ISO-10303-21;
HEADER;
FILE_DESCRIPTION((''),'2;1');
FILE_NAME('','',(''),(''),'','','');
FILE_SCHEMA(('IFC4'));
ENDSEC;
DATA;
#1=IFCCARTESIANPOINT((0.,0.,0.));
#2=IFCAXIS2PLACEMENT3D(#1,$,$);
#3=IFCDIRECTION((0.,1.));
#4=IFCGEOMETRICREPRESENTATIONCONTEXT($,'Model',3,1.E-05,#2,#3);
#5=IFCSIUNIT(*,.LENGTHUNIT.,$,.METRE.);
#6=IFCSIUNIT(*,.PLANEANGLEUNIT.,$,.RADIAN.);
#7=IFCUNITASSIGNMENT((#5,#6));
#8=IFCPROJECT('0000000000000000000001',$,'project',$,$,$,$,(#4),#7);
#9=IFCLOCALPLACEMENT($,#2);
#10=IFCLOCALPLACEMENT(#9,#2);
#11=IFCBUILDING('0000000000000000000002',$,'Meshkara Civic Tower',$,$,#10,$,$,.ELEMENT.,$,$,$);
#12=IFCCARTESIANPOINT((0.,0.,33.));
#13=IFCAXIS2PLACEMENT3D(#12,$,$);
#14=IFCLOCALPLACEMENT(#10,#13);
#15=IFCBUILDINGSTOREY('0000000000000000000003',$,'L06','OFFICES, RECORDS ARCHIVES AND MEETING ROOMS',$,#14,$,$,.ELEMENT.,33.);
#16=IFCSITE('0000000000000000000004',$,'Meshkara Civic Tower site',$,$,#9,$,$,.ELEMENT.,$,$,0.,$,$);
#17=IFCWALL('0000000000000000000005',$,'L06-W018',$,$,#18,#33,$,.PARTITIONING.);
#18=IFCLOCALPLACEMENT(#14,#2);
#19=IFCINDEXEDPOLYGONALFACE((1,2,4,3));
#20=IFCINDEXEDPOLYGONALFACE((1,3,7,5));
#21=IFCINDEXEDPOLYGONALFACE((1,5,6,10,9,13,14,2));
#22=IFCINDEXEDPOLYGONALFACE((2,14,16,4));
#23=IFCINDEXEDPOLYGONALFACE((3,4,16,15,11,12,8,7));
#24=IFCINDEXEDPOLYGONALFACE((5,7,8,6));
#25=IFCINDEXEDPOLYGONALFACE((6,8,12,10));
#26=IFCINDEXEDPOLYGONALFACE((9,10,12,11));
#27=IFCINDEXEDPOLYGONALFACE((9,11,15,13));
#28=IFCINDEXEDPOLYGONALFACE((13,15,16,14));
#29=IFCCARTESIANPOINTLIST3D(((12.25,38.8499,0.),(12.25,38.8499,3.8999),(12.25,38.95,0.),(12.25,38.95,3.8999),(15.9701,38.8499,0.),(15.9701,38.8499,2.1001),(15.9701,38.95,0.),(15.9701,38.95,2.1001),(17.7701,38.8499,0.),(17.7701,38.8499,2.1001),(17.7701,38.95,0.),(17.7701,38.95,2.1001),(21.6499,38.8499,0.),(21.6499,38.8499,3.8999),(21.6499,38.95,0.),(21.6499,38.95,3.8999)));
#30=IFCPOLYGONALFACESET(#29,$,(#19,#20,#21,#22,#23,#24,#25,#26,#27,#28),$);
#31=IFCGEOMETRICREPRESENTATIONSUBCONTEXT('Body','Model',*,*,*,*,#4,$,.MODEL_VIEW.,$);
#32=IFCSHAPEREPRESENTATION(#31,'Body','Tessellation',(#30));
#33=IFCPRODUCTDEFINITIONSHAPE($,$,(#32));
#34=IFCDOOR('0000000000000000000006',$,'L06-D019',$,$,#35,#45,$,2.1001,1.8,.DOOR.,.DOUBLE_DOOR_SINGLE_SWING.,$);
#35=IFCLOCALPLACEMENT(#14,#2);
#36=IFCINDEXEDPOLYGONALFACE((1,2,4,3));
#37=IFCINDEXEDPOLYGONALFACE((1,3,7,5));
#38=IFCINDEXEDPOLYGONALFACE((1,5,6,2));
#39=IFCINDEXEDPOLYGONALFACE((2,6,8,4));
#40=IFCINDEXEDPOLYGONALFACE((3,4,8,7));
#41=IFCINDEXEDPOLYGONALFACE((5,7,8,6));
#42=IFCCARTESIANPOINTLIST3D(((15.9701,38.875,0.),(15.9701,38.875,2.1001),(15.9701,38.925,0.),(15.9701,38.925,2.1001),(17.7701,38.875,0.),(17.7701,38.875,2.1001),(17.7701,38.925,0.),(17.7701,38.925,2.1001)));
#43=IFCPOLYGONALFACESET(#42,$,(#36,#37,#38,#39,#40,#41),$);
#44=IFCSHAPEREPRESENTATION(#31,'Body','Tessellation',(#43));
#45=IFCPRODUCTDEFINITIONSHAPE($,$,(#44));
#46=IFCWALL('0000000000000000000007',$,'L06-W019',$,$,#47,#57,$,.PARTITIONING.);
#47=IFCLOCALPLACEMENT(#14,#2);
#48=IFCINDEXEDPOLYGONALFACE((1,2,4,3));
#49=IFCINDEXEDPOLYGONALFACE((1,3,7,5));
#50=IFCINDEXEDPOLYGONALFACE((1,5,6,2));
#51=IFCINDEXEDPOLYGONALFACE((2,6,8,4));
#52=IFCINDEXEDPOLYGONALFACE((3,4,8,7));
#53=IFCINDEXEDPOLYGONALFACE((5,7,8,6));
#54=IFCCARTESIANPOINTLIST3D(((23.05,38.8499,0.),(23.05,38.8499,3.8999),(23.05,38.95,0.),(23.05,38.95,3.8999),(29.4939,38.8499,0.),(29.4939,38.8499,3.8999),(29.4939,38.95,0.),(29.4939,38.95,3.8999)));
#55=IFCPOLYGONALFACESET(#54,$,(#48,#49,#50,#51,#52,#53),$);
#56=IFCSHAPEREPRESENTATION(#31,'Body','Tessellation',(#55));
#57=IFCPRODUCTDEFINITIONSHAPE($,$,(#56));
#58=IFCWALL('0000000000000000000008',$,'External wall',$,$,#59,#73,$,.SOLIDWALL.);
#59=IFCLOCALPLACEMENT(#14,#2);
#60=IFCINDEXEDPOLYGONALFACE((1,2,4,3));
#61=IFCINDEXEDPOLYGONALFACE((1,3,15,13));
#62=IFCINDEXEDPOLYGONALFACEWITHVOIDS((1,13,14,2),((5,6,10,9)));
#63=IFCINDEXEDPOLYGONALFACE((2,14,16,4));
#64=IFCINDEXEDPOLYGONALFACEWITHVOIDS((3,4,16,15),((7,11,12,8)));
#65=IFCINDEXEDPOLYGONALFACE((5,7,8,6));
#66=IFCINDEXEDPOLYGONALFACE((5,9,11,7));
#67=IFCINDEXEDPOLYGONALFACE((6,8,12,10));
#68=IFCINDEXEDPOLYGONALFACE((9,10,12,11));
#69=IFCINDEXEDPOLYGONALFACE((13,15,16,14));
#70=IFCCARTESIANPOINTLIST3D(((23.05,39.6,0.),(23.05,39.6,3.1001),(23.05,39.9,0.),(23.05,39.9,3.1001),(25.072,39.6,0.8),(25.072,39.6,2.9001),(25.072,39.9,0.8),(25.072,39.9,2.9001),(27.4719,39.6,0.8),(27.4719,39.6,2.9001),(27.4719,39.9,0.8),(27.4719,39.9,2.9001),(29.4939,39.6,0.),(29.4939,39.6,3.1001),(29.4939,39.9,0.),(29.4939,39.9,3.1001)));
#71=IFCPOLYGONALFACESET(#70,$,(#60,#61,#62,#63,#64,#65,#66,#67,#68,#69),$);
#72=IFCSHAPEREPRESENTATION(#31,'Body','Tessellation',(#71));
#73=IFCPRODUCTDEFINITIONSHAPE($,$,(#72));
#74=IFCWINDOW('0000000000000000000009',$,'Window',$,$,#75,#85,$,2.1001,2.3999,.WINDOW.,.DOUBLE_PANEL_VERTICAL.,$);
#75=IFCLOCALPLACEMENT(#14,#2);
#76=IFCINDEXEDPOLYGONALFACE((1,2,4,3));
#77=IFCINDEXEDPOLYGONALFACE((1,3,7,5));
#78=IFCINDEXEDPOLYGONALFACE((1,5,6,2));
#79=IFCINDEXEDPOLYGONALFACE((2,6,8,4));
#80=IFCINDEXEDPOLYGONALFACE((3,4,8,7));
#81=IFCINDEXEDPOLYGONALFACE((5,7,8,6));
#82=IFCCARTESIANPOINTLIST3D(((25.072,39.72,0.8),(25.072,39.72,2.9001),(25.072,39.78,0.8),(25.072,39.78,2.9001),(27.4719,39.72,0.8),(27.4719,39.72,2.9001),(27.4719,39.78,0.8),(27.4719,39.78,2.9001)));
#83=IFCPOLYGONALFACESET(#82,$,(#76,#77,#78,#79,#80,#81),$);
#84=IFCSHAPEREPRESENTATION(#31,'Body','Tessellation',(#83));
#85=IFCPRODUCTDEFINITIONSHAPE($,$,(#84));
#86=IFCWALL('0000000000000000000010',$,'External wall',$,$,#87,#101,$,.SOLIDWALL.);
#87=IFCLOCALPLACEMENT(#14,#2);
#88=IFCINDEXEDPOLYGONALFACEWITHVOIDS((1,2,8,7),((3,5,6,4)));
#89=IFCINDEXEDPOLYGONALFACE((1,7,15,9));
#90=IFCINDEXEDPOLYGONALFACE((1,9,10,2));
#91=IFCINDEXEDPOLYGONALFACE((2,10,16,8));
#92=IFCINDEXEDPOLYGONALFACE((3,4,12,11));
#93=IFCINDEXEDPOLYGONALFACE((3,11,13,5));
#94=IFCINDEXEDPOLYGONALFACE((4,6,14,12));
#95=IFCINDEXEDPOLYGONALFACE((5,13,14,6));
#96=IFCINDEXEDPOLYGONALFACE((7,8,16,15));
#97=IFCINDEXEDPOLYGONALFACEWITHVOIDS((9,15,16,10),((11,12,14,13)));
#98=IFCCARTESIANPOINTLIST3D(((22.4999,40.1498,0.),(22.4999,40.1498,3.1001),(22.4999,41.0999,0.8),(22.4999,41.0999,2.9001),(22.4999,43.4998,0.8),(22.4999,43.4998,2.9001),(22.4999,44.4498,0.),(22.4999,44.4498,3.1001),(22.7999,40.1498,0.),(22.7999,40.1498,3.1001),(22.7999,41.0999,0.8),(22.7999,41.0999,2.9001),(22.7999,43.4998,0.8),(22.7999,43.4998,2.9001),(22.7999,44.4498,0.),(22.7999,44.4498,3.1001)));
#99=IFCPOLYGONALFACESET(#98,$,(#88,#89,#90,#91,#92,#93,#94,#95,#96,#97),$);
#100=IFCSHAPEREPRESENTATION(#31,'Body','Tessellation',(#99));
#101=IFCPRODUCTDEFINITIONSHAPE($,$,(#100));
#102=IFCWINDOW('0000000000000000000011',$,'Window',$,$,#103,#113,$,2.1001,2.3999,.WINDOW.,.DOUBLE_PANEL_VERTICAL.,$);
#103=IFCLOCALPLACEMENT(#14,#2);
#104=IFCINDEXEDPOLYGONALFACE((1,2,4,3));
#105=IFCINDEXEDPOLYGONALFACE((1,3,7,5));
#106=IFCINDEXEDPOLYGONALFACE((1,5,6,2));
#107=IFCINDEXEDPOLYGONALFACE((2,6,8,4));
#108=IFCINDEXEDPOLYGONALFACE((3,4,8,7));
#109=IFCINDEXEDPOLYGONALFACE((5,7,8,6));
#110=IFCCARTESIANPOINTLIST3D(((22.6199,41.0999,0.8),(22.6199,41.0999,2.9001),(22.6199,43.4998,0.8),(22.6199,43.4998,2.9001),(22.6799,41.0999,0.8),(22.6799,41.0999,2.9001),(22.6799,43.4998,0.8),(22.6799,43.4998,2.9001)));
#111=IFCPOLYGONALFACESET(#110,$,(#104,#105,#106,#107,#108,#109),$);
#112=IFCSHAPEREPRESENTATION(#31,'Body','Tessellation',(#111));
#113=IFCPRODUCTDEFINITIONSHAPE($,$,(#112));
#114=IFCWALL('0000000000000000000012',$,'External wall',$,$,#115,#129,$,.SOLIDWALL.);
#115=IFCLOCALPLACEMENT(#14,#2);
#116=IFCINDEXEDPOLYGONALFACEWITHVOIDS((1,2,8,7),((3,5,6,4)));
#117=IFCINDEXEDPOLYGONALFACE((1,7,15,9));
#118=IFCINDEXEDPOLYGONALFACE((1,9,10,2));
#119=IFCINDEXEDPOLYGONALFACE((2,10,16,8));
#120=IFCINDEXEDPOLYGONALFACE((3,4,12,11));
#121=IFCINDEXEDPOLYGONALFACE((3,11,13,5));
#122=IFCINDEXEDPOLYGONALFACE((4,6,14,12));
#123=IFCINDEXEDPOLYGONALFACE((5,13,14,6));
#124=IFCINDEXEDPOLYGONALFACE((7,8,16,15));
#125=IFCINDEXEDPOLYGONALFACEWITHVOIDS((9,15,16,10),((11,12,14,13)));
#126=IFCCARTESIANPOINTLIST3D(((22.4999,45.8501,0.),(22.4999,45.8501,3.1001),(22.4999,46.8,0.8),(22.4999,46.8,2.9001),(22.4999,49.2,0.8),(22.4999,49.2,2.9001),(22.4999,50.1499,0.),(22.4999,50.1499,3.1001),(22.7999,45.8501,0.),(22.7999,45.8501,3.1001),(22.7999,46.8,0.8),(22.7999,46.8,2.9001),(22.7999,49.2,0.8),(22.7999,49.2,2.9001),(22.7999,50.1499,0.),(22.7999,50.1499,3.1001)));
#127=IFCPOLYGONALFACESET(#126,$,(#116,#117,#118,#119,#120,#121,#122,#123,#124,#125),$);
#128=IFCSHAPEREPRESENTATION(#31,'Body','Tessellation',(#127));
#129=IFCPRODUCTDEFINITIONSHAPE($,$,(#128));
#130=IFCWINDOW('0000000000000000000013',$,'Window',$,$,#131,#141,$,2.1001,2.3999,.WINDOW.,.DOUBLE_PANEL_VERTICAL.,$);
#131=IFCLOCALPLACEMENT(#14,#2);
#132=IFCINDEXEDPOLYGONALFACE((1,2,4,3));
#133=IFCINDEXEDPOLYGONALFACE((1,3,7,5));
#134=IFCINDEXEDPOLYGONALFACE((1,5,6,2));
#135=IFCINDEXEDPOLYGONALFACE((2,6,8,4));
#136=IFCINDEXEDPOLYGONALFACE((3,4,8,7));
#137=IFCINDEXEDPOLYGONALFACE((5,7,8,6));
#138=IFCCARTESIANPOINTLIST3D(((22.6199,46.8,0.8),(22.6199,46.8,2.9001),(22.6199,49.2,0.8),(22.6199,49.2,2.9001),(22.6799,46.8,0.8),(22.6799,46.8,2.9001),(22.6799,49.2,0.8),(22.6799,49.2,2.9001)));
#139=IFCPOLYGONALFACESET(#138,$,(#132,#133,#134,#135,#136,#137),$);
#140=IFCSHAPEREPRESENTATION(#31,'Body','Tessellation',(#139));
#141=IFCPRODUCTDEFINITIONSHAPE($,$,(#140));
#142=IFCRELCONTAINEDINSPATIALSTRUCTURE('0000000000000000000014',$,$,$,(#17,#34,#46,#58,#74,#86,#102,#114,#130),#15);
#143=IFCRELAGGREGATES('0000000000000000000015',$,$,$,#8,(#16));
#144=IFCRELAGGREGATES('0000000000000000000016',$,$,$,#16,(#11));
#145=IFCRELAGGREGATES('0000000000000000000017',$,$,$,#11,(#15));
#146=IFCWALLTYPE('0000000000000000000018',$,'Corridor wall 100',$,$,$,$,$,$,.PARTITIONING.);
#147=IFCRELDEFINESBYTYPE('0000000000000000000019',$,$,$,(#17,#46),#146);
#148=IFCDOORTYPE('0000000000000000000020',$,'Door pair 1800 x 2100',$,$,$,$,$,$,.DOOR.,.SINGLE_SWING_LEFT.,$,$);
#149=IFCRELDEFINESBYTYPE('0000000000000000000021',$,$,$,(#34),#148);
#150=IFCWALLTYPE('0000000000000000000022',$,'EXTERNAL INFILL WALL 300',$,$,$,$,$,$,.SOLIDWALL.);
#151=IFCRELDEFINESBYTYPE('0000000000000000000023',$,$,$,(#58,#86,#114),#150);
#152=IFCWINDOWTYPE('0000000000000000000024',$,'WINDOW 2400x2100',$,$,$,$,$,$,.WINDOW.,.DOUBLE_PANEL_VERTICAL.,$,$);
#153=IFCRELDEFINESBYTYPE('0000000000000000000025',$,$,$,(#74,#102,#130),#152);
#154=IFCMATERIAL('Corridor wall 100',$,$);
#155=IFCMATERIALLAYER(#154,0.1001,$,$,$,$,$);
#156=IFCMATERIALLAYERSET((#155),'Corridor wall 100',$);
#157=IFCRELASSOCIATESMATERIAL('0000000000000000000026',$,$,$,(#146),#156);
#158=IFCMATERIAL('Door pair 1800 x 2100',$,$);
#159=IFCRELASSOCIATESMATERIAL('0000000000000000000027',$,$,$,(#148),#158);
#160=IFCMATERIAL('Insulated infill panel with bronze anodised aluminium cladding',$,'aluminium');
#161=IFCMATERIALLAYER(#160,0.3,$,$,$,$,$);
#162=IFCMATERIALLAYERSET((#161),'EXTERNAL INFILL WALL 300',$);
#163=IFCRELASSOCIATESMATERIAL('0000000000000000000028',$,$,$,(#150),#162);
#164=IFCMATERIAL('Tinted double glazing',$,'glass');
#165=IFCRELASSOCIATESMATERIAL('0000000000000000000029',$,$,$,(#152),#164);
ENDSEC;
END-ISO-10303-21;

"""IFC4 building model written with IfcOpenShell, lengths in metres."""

from ifc_helpers import new_model, si_unit, direction, frame, frame_2d, origin, place, context, subcontext, project, spatial, rectangle, extrude, material, layer, layer_set, type_object, element, fill, save


model = new_model("IFC4")

# Units and contexts
model_context = context("Model", 3, precision=1e-05, world=origin(), true_north=direction((0.0, 1.0)))
body_context = subcontext(model_context, "Body", "Model", "MODEL_VIEW")
ifc_project = project(units=[si_unit("LENGTHUNIT", "METRE"), si_unit("PLANEANGLEUNIT", "RADIAN")], contexts=[model_context])

# Site, building, storey
site_placement = place(None, origin())
site = spatial("IfcSite", under=ifc_project, at=site_placement, Name="Meshkara Civic Tower site", CompositionType="ELEMENT", RefElevation=0.0)
building_placement = place(site_placement, origin())
building = spatial("IfcBuilding", under=site, at=building_placement, Name="Meshkara Civic Tower", CompositionType="ELEMENT")
storey_placement = place(building_placement, frame((0.0, 0.0, 33.0)))
storey = spatial("IfcBuildingStorey", under=building, at=storey_placement, Name="L06", Description="OFFICES, RECORDS ARCHIVES AND MEETING ROOMS", CompositionType="ELEMENT", Elevation=33.0)

# Wall, opening, door
ifc_material_1 = material(Name="Corridor wall 100")
ifc_layer_1 = layer(ifc_material_1, 0.1001)
ifc_layer_set_1 = layer_set([ifc_layer_1], Name="Corridor wall 100")
wall_type_1 = type_object("IfcWallType", Name="Corridor wall 100", PredefinedType="PARTITIONING", material=ifc_layer_set_1)
wall_1_placement = place(storey_placement, frame((21.6499, 38.8999, 0.0), z_axis=(0.0, 0.0, 1.0), x_axis=(-1.0, 0.0, 0.0)))
wall_1 = element("IfcWall", 1, at=wall_1_placement, inside=storey, type_object=wall_type_1, Name="L06-W018", PredefinedType="PARTITIONING", context=body_context, shape_type="SweptSolid", body=[
    extrude(rectangle(XDim=9.3999, YDim=0.1001, at=frame_2d((4.7, 0.0))), origin(), (0.0, 0.0, 1.0), 3.8999),
])
opening_1_placement = place(wall_1_placement, frame((3.8799, 0.0, 0.0)))
opening_1 = element("IfcOpeningElement", 2, at=opening_1_placement, cuts=wall_1, PredefinedType="OPENING", context=body_context, shape_type="SweptSolid", body=[
    extrude(rectangle(XDim=1.8, YDim=2.1001, at=frame_2d((0.8999, 1.05))), frame((0.0, 0.0601, 0.0), z_axis=(0.0, -1.0, 0.0), x_axis=(1.0, 0.0, 0.0)), (0.0, 0.0, 1.0), 0.1201),
])
ifc_material_2 = material(Name="Door pair 1800 x 2100")
door_type_1 = type_object("IfcDoorType", Name="Door pair 1800 x 2100", OperationType="SINGLE_SWING_LEFT", PredefinedType="DOOR", material=ifc_material_2)
door_1_placement = place(opening_1_placement, origin())
door_1 = element("IfcDoor", 3, at=door_1_placement, inside=storey, type_object=door_type_1, Name="L06-D019", OperationType="DOUBLE_DOOR_SINGLE_SWING", OverallHeight=2.1001, OverallWidth=1.8, PredefinedType="DOOR", context=body_context, shape_type="SweptSolid", body=[
    extrude(rectangle(XDim=1.8, YDim=2.1001, at=frame_2d((0.8999, 1.05))), frame((0.0, 0.0249, 0.0), z_axis=(0.0, -1.0, 0.0), x_axis=(1.0, 0.0, 0.0)), (0.0, 0.0, 1.0), 0.05),
])
fill(opening_1, door_1)

# Wall
wall_2_placement = place(storey_placement, frame((29.4939, 38.8999, 0.0), z_axis=(0.0, 0.0, 1.0), x_axis=(-1.0, 0.0, 0.0)))
element("IfcWall", 4, at=wall_2_placement, inside=storey, type_object=wall_type_1, Name="L06-W019", PredefinedType="PARTITIONING", context=body_context, shape_type="SweptSolid", body=[
    extrude(rectangle(XDim=6.4438, YDim=0.1001, at=frame_2d((3.2219, 0.0))), origin(), (0.0, 0.0, 1.0), 3.8999),
])

# Walls, openings, windows
ifc_material_3 = material(Name="Insulated infill panel with bronze anodised aluminium cladding", Category="aluminium")
ifc_layer_2 = layer(ifc_material_3, 0.3)
ifc_layer_set_2 = layer_set([ifc_layer_2], Name="EXTERNAL INFILL WALL 300")
wall_type_2 = type_object("IfcWallType", Name="EXTERNAL INFILL WALL 300", PredefinedType="SOLIDWALL", material=ifc_layer_set_2)
wall_3_placement = place(storey_placement, frame((29.4939, 39.75, 0.0), z_axis=(0.0, 0.0, 1.0), x_axis=(-1.0, 0.0, 0.0)))
wall_3 = element("IfcWall", 5, at=wall_3_placement, inside=storey, type_object=wall_type_2, Name="External wall", PredefinedType="SOLIDWALL", context=body_context, shape_type="SweptSolid", body=[
    extrude(rectangle(XDim=6.4438, YDim=0.3, at=frame_2d((3.2219, 0.0))), origin(), (0.0, 0.0, 1.0), 3.1001),
])
opening_2_placement = place(wall_3_placement, frame((2.022, 0.0, 0.8)))
opening_2 = element("IfcOpeningElement", 6, at=opening_2_placement, cuts=wall_3, PredefinedType="OPENING", context=body_context, shape_type="SweptSolid", body=[
    extrude(rectangle(XDim=2.3999, YDim=2.1001, at=frame_2d((1.2, 1.05))), frame((0.0, 0.1599, 0.0), z_axis=(0.0, -1.0, 0.0), x_axis=(1.0, 0.0, 0.0)), (0.0, 0.0, 1.0), 0.3201),
])
ifc_material_4 = material(Name="Tinted double glazing", Category="glass")
window_type = type_object("IfcWindowType", Name="WINDOW 2400x2100", PartitioningType="DOUBLE_PANEL_VERTICAL", PredefinedType="WINDOW", material=ifc_material_4)
window_1_placement = place(opening_2_placement, origin())
window_1 = element("IfcWindow", 7, at=window_1_placement, inside=storey, type_object=window_type, Name="Window", OverallHeight=2.1001, OverallWidth=2.3999, PartitioningType="DOUBLE_PANEL_VERTICAL", PredefinedType="WINDOW", context=body_context, shape_type="SweptSolid", body=[
    extrude(rectangle(XDim=2.3999, YDim=2.1001, at=frame_2d((1.2, 1.05))), frame((0.0, 0.03, 0.0), z_axis=(0.0, -1.0, 0.0), x_axis=(1.0, 0.0, 0.0)), (0.0, 0.0, 1.0), 0.0601),
])
fill(opening_2, window_1)
wall_4_placement = place(storey_placement, frame((22.6499, 40.1499, 0.0), z_axis=(0.0, 0.0, 1.0), x_axis=(0.0, 1.0, 0.0)))
wall_4 = element("IfcWall", 8, at=wall_4_placement, inside=storey, type_object=wall_type_2, Name="External wall", PredefinedType="SOLIDWALL", context=body_context, shape_type="SweptSolid", body=[
    extrude(rectangle(XDim=4.3, YDim=0.3, at=frame_2d((2.1499, 0.0))), origin(), (0.0, 0.0, 1.0), 3.1001),
])
opening_3_placement = place(wall_4_placement, frame((0.95, 0.0, 0.8)))
opening_3 = element("IfcOpeningElement", 9, at=opening_3_placement, cuts=wall_4, PredefinedType="OPENING", context=body_context, shape_type="SweptSolid", body=[
    extrude(rectangle(XDim=2.3999, YDim=2.1001, at=frame_2d((1.2, 1.05))), frame((0.0, 0.1599, 0.0), z_axis=(0.0, -1.0, 0.0), x_axis=(1.0, 0.0, 0.0)), (0.0, 0.0, 1.0), 0.3201),
])
window_2_placement = place(opening_3_placement, origin())
window_2 = element("IfcWindow", 10, at=window_2_placement, inside=storey, type_object=window_type, Name="Window", OverallHeight=2.1001, OverallWidth=2.3999, PartitioningType="DOUBLE_PANEL_VERTICAL", PredefinedType="WINDOW", context=body_context, shape_type="SweptSolid", body=[
    extrude(rectangle(XDim=2.3999, YDim=2.1001, at=frame_2d((1.2, 1.05))), frame((0.0, 0.03, 0.0), z_axis=(0.0, -1.0, 0.0), x_axis=(1.0, 0.0, 0.0)), (0.0, 0.0, 1.0), 0.0601),
])
fill(opening_3, window_2)
wall_5_placement = place(storey_placement, frame((22.6499, 45.8501, 0.0), z_axis=(0.0, 0.0, 1.0), x_axis=(0.0, 1.0, 0.0)))
wall_5 = element("IfcWall", 11, at=wall_5_placement, inside=storey, type_object=wall_type_2, Name="External wall", PredefinedType="SOLIDWALL", context=body_context, shape_type="SweptSolid", body=[
    extrude(rectangle(XDim=4.2998, YDim=0.3, at=frame_2d((2.1499, 0.0))), origin(), (0.0, 0.0, 1.0), 3.1001),
])
opening_4_placement = place(wall_5_placement, frame((0.95, 0.0, 0.8)))
opening_4 = element("IfcOpeningElement", 12, at=opening_4_placement, cuts=wall_5, PredefinedType="OPENING", context=body_context, shape_type="SweptSolid", body=[
    extrude(rectangle(XDim=2.3999, YDim=2.1001, at=frame_2d((1.2, 1.05))), frame((0.0, 0.1599, 0.0), z_axis=(0.0, -1.0, 0.0), x_axis=(1.0, 0.0, 0.0)), (0.0, 0.0, 1.0), 0.3201),
])
window_3_placement = place(opening_4_placement, origin())
window_3 = element("IfcWindow", 13, at=window_3_placement, inside=storey, type_object=window_type, Name="Window", OverallHeight=2.1001, OverallWidth=2.3999, PartitioningType="DOUBLE_PANEL_VERTICAL", PredefinedType="WINDOW", context=body_context, shape_type="SweptSolid", body=[
    extrude(rectangle(XDim=2.3999, YDim=2.1001, at=frame_2d((1.2, 1.05))), frame((0.0, 0.03, 0.0), z_axis=(0.0, -1.0, 0.0), x_axis=(1.0, 0.0, 0.0)), (0.0, 0.0, 1.0), 0.0601),
])
fill(opening_4, window_3)

save(model, "model.ifc")
